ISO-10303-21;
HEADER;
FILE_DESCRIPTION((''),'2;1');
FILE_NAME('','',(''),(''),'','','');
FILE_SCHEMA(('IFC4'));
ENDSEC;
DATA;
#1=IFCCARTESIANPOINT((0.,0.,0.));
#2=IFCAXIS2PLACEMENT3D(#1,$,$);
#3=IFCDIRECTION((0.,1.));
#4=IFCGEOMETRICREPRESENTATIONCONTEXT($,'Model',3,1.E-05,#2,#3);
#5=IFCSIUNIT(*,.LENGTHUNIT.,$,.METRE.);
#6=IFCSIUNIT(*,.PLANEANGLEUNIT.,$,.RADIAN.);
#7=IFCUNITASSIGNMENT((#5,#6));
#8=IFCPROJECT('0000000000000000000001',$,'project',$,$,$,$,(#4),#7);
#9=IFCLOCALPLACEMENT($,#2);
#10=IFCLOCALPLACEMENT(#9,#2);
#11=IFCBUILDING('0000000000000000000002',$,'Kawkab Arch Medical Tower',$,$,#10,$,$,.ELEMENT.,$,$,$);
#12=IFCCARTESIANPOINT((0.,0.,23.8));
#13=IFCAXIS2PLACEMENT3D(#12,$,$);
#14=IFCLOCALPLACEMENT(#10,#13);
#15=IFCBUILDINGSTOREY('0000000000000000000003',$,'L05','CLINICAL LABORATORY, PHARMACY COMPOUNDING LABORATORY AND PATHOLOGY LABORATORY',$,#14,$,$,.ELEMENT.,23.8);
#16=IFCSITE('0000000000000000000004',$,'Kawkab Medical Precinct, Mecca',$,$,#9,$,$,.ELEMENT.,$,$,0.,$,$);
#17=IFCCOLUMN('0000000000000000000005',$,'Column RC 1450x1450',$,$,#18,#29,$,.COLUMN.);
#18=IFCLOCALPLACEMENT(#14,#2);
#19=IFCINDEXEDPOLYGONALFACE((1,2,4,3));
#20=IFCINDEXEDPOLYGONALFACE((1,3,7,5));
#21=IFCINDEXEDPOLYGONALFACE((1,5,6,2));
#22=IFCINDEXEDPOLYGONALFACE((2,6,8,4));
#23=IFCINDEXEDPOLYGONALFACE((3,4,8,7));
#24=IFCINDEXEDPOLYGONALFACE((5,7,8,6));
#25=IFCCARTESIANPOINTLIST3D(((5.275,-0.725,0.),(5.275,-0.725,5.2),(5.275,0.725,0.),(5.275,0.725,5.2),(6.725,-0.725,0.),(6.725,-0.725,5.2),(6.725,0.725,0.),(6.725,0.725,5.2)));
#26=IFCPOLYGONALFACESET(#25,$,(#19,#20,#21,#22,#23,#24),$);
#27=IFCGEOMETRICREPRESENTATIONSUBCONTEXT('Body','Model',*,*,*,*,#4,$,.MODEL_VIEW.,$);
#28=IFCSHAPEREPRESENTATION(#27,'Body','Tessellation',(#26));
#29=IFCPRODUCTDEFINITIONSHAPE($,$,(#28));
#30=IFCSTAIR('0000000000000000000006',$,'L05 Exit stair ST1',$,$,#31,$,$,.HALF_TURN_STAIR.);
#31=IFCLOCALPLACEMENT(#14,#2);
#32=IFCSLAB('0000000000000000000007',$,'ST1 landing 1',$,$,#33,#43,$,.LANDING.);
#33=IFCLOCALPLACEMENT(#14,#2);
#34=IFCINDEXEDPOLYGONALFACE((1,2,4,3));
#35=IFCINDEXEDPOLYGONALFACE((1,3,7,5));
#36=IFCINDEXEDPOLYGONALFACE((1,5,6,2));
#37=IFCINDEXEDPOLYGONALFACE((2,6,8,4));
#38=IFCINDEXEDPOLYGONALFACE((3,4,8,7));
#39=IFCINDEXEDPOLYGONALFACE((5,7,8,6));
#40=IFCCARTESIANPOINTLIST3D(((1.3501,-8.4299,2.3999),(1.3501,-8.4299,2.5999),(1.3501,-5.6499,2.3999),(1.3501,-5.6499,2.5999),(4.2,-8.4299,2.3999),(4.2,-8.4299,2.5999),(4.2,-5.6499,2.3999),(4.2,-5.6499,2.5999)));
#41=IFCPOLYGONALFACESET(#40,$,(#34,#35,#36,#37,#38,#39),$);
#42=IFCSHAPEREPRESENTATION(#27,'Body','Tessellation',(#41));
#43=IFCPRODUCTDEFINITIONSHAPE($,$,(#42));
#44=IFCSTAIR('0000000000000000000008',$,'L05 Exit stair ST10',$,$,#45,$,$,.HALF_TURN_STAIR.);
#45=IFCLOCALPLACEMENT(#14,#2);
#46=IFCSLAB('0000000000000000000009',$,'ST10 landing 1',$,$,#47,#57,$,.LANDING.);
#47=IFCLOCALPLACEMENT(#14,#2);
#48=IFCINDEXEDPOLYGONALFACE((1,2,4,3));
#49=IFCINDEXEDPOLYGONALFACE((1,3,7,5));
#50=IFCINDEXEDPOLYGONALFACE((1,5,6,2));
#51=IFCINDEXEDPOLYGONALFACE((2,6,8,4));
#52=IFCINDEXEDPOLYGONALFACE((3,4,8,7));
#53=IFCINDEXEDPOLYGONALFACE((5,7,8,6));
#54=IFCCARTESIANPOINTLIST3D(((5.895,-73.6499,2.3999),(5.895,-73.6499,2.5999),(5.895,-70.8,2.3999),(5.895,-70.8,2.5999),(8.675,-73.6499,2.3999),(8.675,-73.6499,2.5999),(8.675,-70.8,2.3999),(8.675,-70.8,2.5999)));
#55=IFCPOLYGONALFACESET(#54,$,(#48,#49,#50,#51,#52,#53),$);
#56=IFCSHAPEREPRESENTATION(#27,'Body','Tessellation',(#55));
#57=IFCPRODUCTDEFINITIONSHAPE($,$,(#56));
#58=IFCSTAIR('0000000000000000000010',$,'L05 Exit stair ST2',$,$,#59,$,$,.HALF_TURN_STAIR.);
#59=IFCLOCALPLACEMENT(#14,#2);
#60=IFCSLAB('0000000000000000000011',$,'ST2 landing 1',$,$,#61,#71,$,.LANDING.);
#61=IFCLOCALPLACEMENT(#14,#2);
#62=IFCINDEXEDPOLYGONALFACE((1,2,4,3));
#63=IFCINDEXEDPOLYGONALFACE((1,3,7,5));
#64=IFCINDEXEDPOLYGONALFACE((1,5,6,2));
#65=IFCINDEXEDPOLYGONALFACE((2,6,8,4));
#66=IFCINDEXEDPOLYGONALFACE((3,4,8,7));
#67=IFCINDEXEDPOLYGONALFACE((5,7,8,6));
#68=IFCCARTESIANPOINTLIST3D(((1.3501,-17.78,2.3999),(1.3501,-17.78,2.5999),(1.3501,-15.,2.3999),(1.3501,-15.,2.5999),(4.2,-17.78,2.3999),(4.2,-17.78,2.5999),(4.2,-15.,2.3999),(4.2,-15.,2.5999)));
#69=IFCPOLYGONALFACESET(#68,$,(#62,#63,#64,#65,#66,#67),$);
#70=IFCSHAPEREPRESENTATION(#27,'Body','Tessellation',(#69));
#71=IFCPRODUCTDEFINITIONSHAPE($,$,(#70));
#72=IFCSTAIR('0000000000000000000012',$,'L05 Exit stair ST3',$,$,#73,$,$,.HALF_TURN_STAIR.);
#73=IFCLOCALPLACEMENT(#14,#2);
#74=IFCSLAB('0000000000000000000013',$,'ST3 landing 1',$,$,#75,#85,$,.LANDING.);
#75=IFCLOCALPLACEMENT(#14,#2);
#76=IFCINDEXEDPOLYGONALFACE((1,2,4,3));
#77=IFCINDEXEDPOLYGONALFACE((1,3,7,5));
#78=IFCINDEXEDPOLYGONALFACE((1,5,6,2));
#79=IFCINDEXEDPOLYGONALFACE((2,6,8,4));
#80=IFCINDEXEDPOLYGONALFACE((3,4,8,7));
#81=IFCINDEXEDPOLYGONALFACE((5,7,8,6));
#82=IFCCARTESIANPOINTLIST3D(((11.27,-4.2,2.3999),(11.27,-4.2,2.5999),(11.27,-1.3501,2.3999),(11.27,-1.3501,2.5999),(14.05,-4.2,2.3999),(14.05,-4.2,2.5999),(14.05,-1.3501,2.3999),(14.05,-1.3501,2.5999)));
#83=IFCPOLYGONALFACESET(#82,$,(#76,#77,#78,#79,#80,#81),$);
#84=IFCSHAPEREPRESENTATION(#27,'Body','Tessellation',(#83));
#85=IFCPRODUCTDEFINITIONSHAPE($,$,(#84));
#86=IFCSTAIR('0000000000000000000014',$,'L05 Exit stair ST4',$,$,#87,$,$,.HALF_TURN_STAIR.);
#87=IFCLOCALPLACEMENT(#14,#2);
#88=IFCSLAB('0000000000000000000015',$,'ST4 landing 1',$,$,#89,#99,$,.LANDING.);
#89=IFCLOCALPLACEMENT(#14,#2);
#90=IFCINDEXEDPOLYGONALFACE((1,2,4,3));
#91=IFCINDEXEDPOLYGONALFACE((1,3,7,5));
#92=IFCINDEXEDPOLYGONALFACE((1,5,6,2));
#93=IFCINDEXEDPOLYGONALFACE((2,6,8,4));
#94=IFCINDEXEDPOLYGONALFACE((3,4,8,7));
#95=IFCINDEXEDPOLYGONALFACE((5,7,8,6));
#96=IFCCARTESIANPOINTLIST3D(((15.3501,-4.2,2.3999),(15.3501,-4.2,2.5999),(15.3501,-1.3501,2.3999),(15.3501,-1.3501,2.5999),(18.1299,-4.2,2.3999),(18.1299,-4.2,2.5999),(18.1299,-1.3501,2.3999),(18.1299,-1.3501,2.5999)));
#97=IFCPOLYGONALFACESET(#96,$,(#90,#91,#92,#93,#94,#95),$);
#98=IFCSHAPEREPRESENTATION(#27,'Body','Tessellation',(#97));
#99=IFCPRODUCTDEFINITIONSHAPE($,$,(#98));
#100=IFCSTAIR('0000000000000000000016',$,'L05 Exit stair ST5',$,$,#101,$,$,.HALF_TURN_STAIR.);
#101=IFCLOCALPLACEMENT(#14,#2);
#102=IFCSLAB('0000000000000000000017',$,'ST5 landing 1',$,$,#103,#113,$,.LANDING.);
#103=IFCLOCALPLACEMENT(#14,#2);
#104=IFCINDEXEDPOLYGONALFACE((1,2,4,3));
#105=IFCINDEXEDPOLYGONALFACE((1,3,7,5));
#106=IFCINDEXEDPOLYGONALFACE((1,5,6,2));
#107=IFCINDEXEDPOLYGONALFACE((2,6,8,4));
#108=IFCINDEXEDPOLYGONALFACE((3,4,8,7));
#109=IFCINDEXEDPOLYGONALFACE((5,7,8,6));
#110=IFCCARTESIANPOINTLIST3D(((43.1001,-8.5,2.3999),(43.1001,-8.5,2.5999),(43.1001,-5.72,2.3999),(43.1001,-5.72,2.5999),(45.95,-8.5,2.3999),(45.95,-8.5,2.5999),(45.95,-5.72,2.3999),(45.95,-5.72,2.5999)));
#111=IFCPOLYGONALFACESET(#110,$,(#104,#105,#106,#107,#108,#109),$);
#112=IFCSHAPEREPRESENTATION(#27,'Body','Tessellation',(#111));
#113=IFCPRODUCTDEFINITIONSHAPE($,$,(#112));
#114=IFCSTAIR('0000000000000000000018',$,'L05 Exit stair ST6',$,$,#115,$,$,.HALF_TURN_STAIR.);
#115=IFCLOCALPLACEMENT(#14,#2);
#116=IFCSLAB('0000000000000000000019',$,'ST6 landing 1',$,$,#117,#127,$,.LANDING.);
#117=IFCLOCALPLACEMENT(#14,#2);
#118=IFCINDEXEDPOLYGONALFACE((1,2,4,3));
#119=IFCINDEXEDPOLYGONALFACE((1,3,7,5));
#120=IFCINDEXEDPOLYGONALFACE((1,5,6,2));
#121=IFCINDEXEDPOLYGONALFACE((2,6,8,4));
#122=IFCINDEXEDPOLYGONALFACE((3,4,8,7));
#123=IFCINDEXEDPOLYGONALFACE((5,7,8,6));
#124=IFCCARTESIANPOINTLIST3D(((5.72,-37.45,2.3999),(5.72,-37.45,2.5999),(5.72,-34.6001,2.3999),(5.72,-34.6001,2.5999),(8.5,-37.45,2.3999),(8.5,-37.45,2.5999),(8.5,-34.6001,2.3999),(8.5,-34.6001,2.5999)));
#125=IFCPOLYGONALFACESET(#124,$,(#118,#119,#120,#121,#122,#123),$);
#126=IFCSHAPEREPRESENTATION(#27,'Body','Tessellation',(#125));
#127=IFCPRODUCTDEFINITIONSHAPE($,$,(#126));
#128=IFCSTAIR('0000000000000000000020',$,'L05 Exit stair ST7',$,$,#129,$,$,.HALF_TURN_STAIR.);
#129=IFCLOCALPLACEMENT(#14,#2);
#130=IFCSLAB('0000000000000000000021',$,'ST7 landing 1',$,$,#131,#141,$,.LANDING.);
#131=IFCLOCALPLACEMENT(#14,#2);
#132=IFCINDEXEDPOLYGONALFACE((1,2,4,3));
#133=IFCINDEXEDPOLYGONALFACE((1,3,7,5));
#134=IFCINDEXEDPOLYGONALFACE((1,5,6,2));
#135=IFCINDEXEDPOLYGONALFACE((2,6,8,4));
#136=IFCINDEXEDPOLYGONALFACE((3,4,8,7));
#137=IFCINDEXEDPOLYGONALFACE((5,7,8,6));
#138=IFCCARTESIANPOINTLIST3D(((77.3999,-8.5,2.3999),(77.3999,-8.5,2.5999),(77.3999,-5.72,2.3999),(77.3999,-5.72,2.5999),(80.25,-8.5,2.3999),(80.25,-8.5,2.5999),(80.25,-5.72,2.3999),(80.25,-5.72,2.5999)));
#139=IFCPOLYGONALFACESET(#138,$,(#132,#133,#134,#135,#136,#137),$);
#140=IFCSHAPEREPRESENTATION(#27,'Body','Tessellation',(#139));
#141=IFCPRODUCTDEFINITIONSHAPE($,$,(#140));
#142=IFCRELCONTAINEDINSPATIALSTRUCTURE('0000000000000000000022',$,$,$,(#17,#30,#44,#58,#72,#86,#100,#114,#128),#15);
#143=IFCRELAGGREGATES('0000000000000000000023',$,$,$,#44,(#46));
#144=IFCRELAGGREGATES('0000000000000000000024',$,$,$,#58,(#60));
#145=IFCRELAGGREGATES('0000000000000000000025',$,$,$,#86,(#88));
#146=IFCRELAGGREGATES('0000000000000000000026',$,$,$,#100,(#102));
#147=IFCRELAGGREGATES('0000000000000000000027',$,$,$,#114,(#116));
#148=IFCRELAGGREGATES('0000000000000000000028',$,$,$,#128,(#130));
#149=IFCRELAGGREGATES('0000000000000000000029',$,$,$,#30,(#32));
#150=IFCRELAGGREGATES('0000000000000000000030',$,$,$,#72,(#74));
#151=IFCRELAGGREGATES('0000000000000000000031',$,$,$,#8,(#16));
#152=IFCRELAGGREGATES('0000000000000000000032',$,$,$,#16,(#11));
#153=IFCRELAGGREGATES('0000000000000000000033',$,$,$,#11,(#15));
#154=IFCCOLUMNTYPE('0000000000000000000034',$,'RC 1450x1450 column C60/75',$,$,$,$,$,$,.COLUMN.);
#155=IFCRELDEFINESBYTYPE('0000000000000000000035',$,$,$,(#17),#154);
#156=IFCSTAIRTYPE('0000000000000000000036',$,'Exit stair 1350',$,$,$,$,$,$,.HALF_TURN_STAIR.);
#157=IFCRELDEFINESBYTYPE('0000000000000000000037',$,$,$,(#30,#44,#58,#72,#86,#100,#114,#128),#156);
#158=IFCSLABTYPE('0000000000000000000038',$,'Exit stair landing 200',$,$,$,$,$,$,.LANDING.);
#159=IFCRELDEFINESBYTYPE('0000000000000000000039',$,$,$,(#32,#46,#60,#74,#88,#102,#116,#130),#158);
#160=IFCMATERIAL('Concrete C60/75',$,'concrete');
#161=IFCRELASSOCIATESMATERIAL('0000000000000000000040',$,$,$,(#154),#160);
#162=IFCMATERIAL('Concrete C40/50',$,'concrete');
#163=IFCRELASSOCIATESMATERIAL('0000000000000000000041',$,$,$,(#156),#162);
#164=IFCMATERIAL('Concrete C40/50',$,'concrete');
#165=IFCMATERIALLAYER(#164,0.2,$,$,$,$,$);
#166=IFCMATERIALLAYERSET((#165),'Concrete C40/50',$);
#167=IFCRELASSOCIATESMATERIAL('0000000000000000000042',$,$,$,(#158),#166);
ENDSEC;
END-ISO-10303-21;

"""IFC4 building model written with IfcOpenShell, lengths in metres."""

from ifc_helpers import new_model, si_unit, direction, frame, origin, origin_2d, place, context, subcontext, project, spatial, polyline, rectangle, outline, extrude, material, layer, layer_set, material_profile, profile_set, type_object, element, aggregate, save


model = new_model("IFC4")

# Units and contexts
model_context = context("Model", 3, precision=1e-05, world=origin(), true_north=direction((0.0, 1.0)))
body_context = subcontext(model_context, "Body", "Model", "MODEL_VIEW")
ifc_project = project(units=[si_unit("LENGTHUNIT", "METRE"), si_unit("PLANEANGLEUNIT", "RADIAN")], contexts=[model_context])

# Site, building, storey
site_placement = place(None, origin())
site = spatial("IfcSite", under=ifc_project, at=site_placement, Name="Kawkab Medical Precinct, Mecca", CompositionType="ELEMENT", RefElevation=0.0)
building_placement = place(site_placement, origin())
building = spatial("IfcBuilding", under=site, at=building_placement, Name="Kawkab Arch Medical Tower", CompositionType="ELEMENT")
storey_placement = place(building_placement, frame((0.0, 0.0, 23.8)))
storey = spatial("IfcBuildingStorey", under=building, at=storey_placement, Name="L05", Description="CLINICAL LABORATORY, PHARMACY COMPOUNDING LABORATORY AND PATHOLOGY LABORATORY", CompositionType="ELEMENT", Elevation=23.8)

# Column
ifc_material_1 = material(Name="Concrete C60/75", Category="concrete")
ifc_material_profile = material_profile(ifc_material_1, rectangle(XDim=1.45, YDim=1.45, at=origin_2d()), Name="RC 1450x1450")
ifc_profile_set = profile_set([ifc_material_profile], Name="Concrete C60/75")
column_type = type_object("IfcColumnType", Name="RC 1450x1450 column C60/75", PredefinedType="COLUMN", material=ifc_profile_set)
column_placement = place(storey_placement, frame((6.0, 0.0, 0.0), z_axis=(0.0, 0.0, 1.0), x_axis=(1.0, 0.0, 0.0)))
element("IfcColumn", 1, at=column_placement, inside=storey, type_object=column_type, Name="Column RC 1450x1450", PredefinedType="COLUMN", context=body_context, shape_type="SweptSolid", body=[
    extrude(rectangle(XDim=1.45, YDim=1.45, at=origin_2d()), origin(), (0.0, 0.0, 1.0), 5.2),
])

# Stairs, slabs
ifc_material_2 = material(Name="Concrete C40/50", Category="concrete")
stair_type = type_object("IfcStairType", Name="Exit stair 1350", PredefinedType="HALF_TURN_STAIR", material=ifc_material_2)
placement_1 = place(storey_placement, origin())
stair_1 = element("IfcStair", 2, at=placement_1, inside=storey, type_object=stair_type, Name="L05 Exit stair ST1", PredefinedType="HALF_TURN_STAIR")
ifc_material_3 = material(Name="Concrete C40/50", Category="concrete")
ifc_layer_1 = layer(ifc_material_3, 0.2)
ifc_layer_set_1 = layer_set([ifc_layer_1], Name="Concrete C40/50")
slab_type = type_object("IfcSlabType", Name="Exit stair landing 200", PredefinedType="LANDING", material=ifc_layer_set_1)
placement_2 = place(storey_placement, frame((0.0, 0.0, 2.3999)))
slab_1 = element("IfcSlab", 3, at=placement_2, type_object=slab_type, Name="ST1 landing 1", PredefinedType="LANDING", context=body_context, shape_type="SweptSolid", body=[
    extrude(outline(polyline([(4.2, -8.4299), (4.2, -5.6499), (1.3501, -5.6499), (1.3501, -8.4299), (4.2, -8.4299)])), origin(), (0.0, 0.0, 1.0), 0.2),
])
stair_2 = element("IfcStair", 4, at=placement_1, inside=storey, type_object=stair_type, Name="L05 Exit stair ST10", PredefinedType="HALF_TURN_STAIR")
slab_2 = element("IfcSlab", 5, at=placement_2, type_object=slab_type, Name="ST10 landing 1", PredefinedType="LANDING", context=body_context, shape_type="SweptSolid", body=[
    extrude(outline(polyline([(5.895, -73.6499), (8.675, -73.6499), (8.675, -70.8), (5.895, -70.8), (5.895, -73.6499)])), origin(), (0.0, 0.0, 1.0), 0.2),
])
aggregate(stair_2, [slab_2])
stair_3 = element("IfcStair", 6, at=placement_1, inside=storey, type_object=stair_type, Name="L05 Exit stair ST2", PredefinedType="HALF_TURN_STAIR")
slab_3 = element("IfcSlab", 7, at=placement_2, type_object=slab_type, Name="ST2 landing 1", PredefinedType="LANDING", context=body_context, shape_type="SweptSolid", body=[
    extrude(outline(polyline([(4.2, -17.78), (4.2, -15.0), (1.3501, -15.0), (1.3501, -17.78), (4.2, -17.78)])), origin(), (0.0, 0.0, 1.0), 0.2),
])
aggregate(stair_3, [slab_3])
stair_4 = element("IfcStair", 8, at=placement_1, inside=storey, type_object=stair_type, Name="L05 Exit stair ST3", PredefinedType="HALF_TURN_STAIR")
slab_4 = element("IfcSlab", 9, at=placement_2, type_object=slab_type, Name="ST3 landing 1", PredefinedType="LANDING", context=body_context, shape_type="SweptSolid", body=[
    extrude(outline(polyline([(11.27, -4.2), (14.05, -4.2), (14.05, -1.3501), (11.27, -1.3501), (11.27, -4.2)])), origin(), (0.0, 0.0, 1.0), 0.2),
])
stair_5 = element("IfcStair", 10, at=placement_1, inside=storey, type_object=stair_type, Name="L05 Exit stair ST4", PredefinedType="HALF_TURN_STAIR")
slab_5 = element("IfcSlab", 11, at=placement_2, type_object=slab_type, Name="ST4 landing 1", PredefinedType="LANDING", context=body_context, shape_type="SweptSolid", body=[
    extrude(outline(polyline([(18.1299, -1.3501), (15.3501, -1.3501), (15.3501, -4.2), (18.1299, -4.2), (18.1299, -1.3501)])), origin(), (0.0, 0.0, 1.0), 0.2),
])
aggregate(stair_5, [slab_5])
stair_6 = element("IfcStair", 12, at=placement_1, inside=storey, type_object=stair_type, Name="L05 Exit stair ST5", PredefinedType="HALF_TURN_STAIR")
slab_6 = element("IfcSlab", 13, at=placement_2, type_object=slab_type, Name="ST5 landing 1", PredefinedType="LANDING", context=body_context, shape_type="SweptSolid", body=[
    extrude(outline(polyline([(43.1001, -5.72), (43.1001, -8.5), (45.95, -8.5), (45.95, -5.72), (43.1001, -5.72)])), origin(), (0.0, 0.0, 1.0), 0.2),
])
aggregate(stair_6, [slab_6])
stair_7 = element("IfcStair", 14, at=placement_1, inside=storey, type_object=stair_type, Name="L05 Exit stair ST6", PredefinedType="HALF_TURN_STAIR")
slab_7 = element("IfcSlab", 15, at=placement_2, type_object=slab_type, Name="ST6 landing 1", PredefinedType="LANDING", context=body_context, shape_type="SweptSolid", body=[
    extrude(outline(polyline([(5.72, -37.45), (8.5, -37.45), (8.5, -34.6001), (5.72, -34.6001), (5.72, -37.45)])), origin(), (0.0, 0.0, 1.0), 0.2),
])
aggregate(stair_7, [slab_7])
stair_8 = element("IfcStair", 16, at=placement_1, inside=storey, type_object=stair_type, Name="L05 Exit stair ST7", PredefinedType="HALF_TURN_STAIR")
slab_8 = element("IfcSlab", 17, at=placement_2, type_object=slab_type, Name="ST7 landing 1", PredefinedType="LANDING", context=body_context, shape_type="SweptSolid", body=[
    extrude(outline(polyline([(77.3999, -5.72), (77.3999, -8.5), (80.25, -8.5), (80.25, -5.72), (77.3999, -5.72)])), origin(), (0.0, 0.0, 1.0), 0.2),
])
aggregate(stair_8, [slab_8])

aggregate(stair_1, [slab_1])
aggregate(stair_4, [slab_4])

save(model, "model.ifc")
